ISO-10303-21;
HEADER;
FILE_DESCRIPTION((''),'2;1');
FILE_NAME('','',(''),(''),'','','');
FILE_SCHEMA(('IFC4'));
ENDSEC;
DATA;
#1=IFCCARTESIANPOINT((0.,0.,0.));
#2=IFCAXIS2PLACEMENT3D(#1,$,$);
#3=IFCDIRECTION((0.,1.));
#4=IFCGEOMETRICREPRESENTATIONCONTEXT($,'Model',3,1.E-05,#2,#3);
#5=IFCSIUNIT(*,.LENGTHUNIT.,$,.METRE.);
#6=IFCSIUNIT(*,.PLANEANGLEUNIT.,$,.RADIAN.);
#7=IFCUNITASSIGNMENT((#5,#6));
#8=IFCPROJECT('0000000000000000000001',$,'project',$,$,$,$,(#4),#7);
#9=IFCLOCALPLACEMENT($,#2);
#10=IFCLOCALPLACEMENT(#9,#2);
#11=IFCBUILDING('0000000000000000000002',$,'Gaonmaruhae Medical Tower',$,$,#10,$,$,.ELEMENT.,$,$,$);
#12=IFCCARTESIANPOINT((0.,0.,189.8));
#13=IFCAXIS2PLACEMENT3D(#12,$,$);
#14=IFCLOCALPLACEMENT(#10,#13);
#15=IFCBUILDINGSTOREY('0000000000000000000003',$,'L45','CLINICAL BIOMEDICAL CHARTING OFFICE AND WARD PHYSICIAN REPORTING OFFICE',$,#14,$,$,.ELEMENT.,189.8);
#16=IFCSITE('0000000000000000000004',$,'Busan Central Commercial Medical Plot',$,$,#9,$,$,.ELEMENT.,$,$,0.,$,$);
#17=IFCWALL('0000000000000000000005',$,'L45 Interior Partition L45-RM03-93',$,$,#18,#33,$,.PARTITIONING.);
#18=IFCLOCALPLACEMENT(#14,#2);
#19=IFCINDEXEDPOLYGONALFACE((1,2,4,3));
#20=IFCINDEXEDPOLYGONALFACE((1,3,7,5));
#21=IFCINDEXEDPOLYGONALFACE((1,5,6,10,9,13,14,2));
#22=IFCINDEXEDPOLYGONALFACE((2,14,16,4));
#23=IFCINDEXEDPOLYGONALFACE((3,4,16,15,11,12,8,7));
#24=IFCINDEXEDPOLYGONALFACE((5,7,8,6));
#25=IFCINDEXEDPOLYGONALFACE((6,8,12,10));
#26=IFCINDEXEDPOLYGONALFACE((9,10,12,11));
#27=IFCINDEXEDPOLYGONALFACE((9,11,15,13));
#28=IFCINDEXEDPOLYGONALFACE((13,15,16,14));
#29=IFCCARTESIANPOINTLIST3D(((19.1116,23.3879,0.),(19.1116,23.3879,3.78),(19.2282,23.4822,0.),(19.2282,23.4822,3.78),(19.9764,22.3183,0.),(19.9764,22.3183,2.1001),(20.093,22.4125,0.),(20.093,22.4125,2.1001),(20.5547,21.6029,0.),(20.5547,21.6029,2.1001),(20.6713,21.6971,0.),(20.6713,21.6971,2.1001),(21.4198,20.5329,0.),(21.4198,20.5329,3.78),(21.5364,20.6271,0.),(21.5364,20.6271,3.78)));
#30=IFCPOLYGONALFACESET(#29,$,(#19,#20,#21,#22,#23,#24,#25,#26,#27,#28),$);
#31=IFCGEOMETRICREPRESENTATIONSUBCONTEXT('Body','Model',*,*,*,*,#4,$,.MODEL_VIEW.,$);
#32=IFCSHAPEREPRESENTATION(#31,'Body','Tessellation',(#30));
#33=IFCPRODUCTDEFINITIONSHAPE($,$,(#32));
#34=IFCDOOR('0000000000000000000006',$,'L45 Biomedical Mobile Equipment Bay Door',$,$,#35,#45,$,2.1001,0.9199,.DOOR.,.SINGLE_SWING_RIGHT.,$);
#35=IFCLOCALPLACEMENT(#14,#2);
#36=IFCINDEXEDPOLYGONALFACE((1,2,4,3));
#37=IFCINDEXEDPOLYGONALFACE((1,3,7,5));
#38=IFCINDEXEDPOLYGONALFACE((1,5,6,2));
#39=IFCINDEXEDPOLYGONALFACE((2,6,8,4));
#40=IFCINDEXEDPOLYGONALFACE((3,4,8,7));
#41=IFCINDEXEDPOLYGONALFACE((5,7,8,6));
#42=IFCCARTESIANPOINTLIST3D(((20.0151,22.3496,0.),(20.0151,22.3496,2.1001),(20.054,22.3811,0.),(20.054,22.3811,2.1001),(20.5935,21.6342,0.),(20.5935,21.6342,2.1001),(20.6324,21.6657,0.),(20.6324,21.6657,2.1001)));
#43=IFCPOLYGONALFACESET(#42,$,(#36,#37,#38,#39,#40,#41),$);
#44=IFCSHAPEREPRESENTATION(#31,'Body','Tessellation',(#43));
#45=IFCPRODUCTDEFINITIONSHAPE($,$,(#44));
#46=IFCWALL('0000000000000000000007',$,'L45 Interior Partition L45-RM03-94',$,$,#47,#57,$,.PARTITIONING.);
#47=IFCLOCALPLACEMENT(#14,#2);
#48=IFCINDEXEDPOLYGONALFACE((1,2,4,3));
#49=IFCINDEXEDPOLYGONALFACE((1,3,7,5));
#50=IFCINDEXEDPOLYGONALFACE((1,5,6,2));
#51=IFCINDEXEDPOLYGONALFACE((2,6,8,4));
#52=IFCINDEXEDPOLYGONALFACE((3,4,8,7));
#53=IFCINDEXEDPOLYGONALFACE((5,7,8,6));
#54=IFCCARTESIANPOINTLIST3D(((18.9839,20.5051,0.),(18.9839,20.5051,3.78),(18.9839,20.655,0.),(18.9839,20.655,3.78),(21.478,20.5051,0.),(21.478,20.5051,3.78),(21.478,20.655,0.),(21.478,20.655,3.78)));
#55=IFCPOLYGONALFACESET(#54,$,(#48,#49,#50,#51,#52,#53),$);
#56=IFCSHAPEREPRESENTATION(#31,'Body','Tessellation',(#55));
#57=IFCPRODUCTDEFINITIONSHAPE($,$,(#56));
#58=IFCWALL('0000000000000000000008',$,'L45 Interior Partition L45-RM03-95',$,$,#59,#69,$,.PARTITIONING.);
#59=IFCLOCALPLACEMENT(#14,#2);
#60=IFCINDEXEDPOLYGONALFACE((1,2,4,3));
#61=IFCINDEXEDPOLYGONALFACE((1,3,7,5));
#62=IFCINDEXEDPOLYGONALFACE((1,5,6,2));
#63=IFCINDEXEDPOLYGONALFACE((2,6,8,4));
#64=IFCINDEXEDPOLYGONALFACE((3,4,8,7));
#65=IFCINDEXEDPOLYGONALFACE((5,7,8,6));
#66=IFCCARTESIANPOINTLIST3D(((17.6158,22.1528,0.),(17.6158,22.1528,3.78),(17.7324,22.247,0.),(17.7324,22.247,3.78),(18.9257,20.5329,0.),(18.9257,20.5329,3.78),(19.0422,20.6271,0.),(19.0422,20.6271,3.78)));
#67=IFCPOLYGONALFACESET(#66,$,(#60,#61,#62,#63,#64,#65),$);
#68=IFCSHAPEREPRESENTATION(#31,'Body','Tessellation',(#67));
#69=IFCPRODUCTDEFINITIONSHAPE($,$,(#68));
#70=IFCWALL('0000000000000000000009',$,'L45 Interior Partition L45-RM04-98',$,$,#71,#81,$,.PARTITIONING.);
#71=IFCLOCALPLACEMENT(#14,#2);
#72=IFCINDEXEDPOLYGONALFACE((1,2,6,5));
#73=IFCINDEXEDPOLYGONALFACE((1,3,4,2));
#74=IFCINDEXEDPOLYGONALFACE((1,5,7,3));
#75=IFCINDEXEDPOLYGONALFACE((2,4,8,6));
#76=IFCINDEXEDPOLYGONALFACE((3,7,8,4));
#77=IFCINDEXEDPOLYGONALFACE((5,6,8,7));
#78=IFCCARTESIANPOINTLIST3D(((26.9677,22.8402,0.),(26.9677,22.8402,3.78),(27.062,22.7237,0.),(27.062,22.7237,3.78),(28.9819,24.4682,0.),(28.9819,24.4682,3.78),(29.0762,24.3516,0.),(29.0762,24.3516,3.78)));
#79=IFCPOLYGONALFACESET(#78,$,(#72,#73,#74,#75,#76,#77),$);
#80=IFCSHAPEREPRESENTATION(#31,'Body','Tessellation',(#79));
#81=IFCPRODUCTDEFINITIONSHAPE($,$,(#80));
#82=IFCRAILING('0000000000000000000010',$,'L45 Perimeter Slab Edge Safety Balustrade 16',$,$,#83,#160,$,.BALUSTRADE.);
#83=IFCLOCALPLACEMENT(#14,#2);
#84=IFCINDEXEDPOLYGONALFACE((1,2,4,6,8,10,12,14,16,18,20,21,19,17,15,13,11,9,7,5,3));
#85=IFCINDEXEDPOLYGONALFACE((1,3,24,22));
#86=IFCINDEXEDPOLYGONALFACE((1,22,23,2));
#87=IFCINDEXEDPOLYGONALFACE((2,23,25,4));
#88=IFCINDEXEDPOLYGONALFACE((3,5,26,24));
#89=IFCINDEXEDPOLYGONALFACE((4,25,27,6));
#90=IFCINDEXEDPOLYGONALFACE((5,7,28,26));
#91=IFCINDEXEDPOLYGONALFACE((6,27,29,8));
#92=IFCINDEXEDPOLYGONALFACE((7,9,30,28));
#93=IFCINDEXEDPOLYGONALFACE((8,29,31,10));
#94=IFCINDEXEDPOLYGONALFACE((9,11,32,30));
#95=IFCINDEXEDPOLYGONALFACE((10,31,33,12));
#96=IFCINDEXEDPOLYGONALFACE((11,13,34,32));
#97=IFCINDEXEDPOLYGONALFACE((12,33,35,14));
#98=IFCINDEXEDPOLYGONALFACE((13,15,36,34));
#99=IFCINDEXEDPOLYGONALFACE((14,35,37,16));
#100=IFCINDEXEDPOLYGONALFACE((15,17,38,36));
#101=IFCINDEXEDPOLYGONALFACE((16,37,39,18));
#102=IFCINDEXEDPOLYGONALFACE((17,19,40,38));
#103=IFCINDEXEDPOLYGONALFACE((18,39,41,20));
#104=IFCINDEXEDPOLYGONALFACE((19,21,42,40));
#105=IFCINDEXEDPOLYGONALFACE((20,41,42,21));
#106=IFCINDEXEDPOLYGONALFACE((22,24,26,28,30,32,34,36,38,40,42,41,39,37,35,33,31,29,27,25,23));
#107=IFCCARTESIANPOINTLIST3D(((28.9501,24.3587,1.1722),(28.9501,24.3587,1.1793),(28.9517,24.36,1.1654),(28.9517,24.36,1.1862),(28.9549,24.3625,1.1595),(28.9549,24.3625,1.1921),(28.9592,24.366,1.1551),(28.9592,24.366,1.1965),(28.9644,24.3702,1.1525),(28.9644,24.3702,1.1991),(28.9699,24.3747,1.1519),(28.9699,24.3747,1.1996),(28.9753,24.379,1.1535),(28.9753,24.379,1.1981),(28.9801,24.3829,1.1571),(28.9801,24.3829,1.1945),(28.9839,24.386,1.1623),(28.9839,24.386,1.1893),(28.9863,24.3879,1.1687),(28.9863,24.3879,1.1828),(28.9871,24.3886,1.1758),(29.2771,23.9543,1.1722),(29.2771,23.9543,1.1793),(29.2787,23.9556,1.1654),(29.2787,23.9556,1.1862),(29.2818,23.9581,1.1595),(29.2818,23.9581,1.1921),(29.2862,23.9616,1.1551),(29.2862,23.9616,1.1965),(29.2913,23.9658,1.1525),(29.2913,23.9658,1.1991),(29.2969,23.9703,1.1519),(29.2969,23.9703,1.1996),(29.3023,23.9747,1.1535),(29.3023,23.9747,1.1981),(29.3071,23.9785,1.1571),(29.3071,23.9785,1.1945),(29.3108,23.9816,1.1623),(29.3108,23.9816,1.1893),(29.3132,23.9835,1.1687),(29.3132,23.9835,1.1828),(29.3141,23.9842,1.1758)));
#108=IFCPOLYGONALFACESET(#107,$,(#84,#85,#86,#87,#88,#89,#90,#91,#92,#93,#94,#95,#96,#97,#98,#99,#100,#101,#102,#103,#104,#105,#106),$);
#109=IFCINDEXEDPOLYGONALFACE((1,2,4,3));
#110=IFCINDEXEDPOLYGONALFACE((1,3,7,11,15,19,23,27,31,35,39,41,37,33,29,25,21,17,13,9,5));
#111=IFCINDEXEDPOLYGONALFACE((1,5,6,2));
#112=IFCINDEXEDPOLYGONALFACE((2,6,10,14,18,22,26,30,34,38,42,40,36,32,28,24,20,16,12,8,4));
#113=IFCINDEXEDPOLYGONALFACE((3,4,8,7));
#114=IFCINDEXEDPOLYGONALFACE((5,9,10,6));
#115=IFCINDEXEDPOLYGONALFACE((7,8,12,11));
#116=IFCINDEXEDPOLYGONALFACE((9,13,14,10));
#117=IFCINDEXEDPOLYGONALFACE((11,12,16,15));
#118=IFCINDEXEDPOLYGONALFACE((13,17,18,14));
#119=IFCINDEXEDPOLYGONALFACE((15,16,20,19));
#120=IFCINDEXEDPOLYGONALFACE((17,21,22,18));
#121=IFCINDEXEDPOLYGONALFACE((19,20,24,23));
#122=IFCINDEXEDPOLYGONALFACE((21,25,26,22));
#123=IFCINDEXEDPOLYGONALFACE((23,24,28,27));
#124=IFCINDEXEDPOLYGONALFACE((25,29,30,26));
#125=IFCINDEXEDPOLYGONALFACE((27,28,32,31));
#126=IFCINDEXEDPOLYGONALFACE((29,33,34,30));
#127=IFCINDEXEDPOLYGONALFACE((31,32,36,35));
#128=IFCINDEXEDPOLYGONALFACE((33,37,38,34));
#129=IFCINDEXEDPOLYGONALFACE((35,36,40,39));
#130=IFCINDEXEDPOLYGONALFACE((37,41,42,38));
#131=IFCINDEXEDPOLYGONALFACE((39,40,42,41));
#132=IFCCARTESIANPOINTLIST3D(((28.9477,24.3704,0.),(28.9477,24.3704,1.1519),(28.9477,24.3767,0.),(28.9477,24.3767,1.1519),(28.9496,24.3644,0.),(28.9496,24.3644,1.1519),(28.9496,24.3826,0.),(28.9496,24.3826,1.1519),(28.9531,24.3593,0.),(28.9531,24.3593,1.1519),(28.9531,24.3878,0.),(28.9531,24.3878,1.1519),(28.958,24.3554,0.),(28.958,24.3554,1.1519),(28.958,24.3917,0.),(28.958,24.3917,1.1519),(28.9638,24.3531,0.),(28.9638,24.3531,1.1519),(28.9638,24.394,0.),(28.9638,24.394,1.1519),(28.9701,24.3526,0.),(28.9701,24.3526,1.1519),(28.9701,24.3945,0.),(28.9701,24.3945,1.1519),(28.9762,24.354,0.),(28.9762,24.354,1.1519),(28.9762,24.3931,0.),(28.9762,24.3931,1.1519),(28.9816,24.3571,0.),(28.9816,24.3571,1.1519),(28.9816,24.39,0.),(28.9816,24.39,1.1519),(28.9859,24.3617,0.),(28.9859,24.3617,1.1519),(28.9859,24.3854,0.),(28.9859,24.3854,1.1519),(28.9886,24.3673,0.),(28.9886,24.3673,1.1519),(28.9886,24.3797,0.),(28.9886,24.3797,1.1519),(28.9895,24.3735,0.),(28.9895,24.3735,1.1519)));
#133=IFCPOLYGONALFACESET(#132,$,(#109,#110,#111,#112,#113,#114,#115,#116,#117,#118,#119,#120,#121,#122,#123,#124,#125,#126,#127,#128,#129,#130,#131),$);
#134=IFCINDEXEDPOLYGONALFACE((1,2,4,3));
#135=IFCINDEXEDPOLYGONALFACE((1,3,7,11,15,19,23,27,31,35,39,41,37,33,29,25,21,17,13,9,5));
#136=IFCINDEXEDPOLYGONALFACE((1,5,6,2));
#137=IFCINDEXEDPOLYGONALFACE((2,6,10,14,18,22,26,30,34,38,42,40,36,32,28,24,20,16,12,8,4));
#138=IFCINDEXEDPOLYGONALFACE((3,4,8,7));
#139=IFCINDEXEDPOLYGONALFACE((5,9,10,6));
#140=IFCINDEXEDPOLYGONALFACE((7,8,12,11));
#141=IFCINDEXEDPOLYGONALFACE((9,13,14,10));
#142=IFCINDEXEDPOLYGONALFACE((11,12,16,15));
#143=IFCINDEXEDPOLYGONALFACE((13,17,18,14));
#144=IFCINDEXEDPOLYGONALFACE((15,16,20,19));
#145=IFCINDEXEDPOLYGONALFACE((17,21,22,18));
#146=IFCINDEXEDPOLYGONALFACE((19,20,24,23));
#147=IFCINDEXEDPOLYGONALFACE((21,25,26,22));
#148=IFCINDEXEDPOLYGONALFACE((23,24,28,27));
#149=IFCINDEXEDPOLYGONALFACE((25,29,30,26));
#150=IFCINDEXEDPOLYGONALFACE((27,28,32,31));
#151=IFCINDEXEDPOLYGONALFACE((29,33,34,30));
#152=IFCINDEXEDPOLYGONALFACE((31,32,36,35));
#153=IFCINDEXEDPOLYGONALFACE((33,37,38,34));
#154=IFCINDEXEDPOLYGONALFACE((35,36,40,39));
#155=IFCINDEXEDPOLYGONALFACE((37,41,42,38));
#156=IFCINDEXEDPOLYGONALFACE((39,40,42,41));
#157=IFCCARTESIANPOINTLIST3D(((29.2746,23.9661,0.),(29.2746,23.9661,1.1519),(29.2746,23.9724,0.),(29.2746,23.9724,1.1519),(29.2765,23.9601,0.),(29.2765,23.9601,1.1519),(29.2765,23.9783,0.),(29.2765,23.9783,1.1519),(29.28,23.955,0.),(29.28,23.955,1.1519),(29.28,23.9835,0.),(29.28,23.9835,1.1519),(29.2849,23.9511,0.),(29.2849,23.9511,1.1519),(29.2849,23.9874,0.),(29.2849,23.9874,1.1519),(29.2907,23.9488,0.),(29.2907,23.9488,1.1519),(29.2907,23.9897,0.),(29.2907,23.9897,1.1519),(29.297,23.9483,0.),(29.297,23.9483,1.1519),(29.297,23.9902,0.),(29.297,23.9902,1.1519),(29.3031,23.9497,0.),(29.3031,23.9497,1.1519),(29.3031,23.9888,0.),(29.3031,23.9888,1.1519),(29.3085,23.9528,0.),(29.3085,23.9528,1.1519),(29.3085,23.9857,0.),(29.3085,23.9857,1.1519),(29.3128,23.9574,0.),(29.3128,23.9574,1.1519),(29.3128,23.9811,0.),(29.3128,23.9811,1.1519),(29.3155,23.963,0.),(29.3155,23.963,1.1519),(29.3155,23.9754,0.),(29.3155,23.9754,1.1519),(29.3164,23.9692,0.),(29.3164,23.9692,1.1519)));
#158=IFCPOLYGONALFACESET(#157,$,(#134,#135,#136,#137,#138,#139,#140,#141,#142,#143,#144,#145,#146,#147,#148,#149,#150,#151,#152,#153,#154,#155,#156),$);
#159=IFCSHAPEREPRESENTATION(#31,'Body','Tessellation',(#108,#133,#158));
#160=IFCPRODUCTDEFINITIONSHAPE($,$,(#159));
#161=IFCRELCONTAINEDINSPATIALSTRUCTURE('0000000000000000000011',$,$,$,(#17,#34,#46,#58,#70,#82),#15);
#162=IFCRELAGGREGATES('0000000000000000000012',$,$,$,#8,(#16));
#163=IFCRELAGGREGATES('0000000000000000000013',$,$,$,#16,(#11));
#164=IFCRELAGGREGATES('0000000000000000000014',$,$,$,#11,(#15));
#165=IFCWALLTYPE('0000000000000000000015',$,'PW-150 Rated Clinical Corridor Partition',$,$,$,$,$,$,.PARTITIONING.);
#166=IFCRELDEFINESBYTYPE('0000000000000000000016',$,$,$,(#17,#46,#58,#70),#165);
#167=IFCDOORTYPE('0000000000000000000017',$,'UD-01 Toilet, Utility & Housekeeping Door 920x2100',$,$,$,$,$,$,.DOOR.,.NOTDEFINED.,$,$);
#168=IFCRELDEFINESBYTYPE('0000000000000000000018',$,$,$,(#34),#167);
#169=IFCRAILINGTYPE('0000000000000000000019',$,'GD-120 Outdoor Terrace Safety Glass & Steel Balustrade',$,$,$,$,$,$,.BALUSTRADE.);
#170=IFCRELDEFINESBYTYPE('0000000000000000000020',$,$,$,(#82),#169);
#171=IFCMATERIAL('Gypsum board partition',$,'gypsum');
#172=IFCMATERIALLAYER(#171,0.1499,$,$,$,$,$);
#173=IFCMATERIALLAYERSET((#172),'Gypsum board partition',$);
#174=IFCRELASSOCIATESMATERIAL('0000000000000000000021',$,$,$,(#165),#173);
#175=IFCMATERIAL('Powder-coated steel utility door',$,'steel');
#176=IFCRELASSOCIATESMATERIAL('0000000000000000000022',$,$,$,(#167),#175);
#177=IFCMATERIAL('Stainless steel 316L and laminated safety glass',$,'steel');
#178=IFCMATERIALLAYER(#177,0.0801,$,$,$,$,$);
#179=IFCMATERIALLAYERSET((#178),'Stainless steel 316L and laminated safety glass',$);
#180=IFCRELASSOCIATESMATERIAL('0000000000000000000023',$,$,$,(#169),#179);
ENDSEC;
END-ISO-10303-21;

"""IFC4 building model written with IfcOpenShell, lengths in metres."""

from ifc_helpers import new_model, si_unit, direction, frame, frame_2d, origin, origin_2d, place, context, subcontext, project, spatial, rectangle, circle, extrude, material, layer, layer_set, type_object, element, fill, save


model = new_model("IFC4")

# Units and contexts
model_context = context("Model", 3, precision=1e-05, world=origin(), true_north=direction((0.0, 1.0)))
body_context = subcontext(model_context, "Body", "Model", "MODEL_VIEW")
ifc_project = project(units=[si_unit("LENGTHUNIT", "METRE"), si_unit("PLANEANGLEUNIT", "RADIAN")], contexts=[model_context])

# Site, building, storey
site_placement = place(None, origin())
site = spatial("IfcSite", under=ifc_project, at=site_placement, Name="Busan Central Commercial Medical Plot", CompositionType="ELEMENT", RefElevation=0.0)
building_placement = place(site_placement, origin())
building = spatial("IfcBuilding", under=site, at=building_placement, Name="Gaonmaruhae Medical Tower", CompositionType="ELEMENT")
storey_placement = place(building_placement, frame((0.0, 0.0, 189.8)))
storey = spatial("IfcBuildingStorey", under=building, at=storey_placement, Name="L45", Description="CLINICAL BIOMEDICAL CHARTING OFFICE AND WARD PHYSICIAN REPORTING OFFICE", CompositionType="ELEMENT", Elevation=189.8)

# Shared definitions
ifc_material_1 = material(Name="Gypsum board partition", Category="gypsum")
ifc_layer_1 = layer(ifc_material_1, 0.1499)
ifc_layer_set_1 = layer_set([ifc_layer_1], Name="Gypsum board partition")
wall_type_1 = type_object("IfcWallType", Name="PW-150 Rated Clinical Corridor Partition", PredefinedType="PARTITIONING", material=ifc_layer_set_1)

# Wall, opening, door
ifc_material_2 = material(Name="Powder-coated steel utility door", Category="steel")
door_type_1 = type_object("IfcDoorType", Name="UD-01 Toilet, Utility & Housekeeping Door 920x2100", OperationType="NOTDEFINED", PredefinedType="DOOR", material=ifc_material_2)
wall_1_placement = place(storey_placement, frame((19.1699, 23.4351, 0.0), z_axis=(0.0, 0.0, 1.0), x_axis=(0.628693, -0.777654, 0.0)))
wall_1 = element("IfcWall", 1, at=wall_1_placement, inside=storey, type_object=wall_type_1, Name="L45 Interior Partition L45-RM03-93", PredefinedType="PARTITIONING", context=body_context, shape_type="SweptSolid", body=[
    extrude(rectangle(XDim=3.6714, YDim=0.1499, at=frame_2d((1.8357, 0.0))), origin(), (0.0, 0.0, 1.0), 3.78),
])
opening_1_placement = place(wall_1_placement, frame((1.3755, 0.0, 0.0)))
opening_1 = element("IfcOpeningElement", 2, at=opening_1_placement, cuts=wall_1, PredefinedType="OPENING", context=body_context, shape_type="SweptSolid", body=[
    extrude(rectangle(XDim=0.9199, YDim=2.1001, at=frame_2d((0.46, 1.05))), frame((0.0, 0.085, 0.0), z_axis=(0.0, -1.0, 0.0), x_axis=(1.0, 0.0, 0.0)), (0.0, 0.0, 1.0), 0.1699),
])
door_1_placement = place(opening_1_placement, origin())
door_1 = element("IfcDoor", 3, at=door_1_placement, inside=storey, type_object=door_type_1, Name="L45 Biomedical Mobile Equipment Bay Door", OperationType="SINGLE_SWING_RIGHT", OverallHeight=2.1001, OverallWidth=0.9199, PredefinedType="DOOR", context=body_context, shape_type="SweptSolid", body=[
    extrude(rectangle(XDim=0.9199, YDim=2.1001, at=frame_2d((0.46, 1.05))), frame((0.0, 0.0249, 0.0), z_axis=(0.0, -1.0, 0.0), x_axis=(1.0, 0.0, 0.0)), (0.0, 0.0, 1.0), 0.05),
])
fill(opening_1, door_1)

# Walls
wall_2_placement = place(storey_placement, frame((21.478, 20.5801, 0.0), z_axis=(0.0, 0.0, 1.0), x_axis=(-1.0, 0.0, 0.0)))
element("IfcWall", 4, at=wall_2_placement, inside=storey, type_object=wall_type_1, Name="L45 Interior Partition L45-RM03-94", PredefinedType="PARTITIONING", context=body_context, shape_type="SweptSolid", body=[
    extrude(rectangle(XDim=2.4941, YDim=0.1499, at=frame_2d((1.2471, 0.0))), origin(), (0.0, 0.0, 1.0), 3.78),
])
wall_3_placement = place(storey_placement, frame((18.9839, 20.5801, 0.0), z_axis=(0.0, 0.0, 1.0), x_axis=(-0.62876, 0.7776, 0.0)))
element("IfcWall", 5, at=wall_3_placement, inside=storey, type_object=wall_type_1, Name="L45 Interior Partition L45-RM03-95", PredefinedType="PARTITIONING", context=body_context, shape_type="SweptSolid", body=[
    extrude(rectangle(XDim=2.0833, YDim=0.1499, at=frame_2d((1.0415, 0.0))), origin(), (0.0, 0.0, 1.0), 3.78),
])
wall_4_placement = place(storey_placement, frame((29.0291, 24.4099, 0.0), z_axis=(0.0, 0.0, 1.0), x_axis=(-0.777732, -0.628596, 0.0)))
element("IfcWall", 6, at=wall_4_placement, inside=storey, type_object=wall_type_1, Name="L45 Interior Partition L45-RM04-98", PredefinedType="PARTITIONING", context=body_context, shape_type="SweptSolid", body=[
    extrude(rectangle(XDim=2.5898, YDim=0.1499, at=frame_2d((1.2949, 0.0))), origin(), (0.0, 0.0, 1.0), 3.78),
])

# Railing
ifc_material_3 = material(Name="Stainless steel 316L and laminated safety glass", Category="steel")
ifc_layer_2 = layer(ifc_material_3, 0.0801)
ifc_layer_set_2 = layer_set([ifc_layer_2], Name="Stainless steel 316L and laminated safety glass")
railing_type = type_object("IfcRailingType", Name="GD-120 Outdoor Terrace Safety Glass & Steel Balustrade", PredefinedType="BALUSTRADE", material=ifc_layer_set_2)
railing_placement = place(storey_placement, frame((28.9685, 24.3735, 0.0)))
element("IfcRailing", 7, at=railing_placement, inside=storey, type_object=railing_type, Name="L45 Perimeter Slab Edge Safety Balustrade 16", PredefinedType="BALUSTRADE", context=body_context, shape_type="SweptSolid", body=[
    extrude(circle(Radius=0.0239, at=origin_2d()), frame((0.0, 0.0, 1.1758), z_axis=(0.628752, -0.777606, 0.0), x_axis=(0.777606, 0.628752, 0.0)), (0.0, 0.0, 1.0), 0.52),
    extrude(circle(Radius=0.021, at=origin_2d()), origin(), (0.0, 0.0, 1.0), 1.1519),
    extrude(circle(Radius=0.021, at=origin_2d()), frame((0.3269, -0.4043, 0.0)), (0.0, 0.0, 1.0), 1.1519),
])

save(model, "model.ifc")
